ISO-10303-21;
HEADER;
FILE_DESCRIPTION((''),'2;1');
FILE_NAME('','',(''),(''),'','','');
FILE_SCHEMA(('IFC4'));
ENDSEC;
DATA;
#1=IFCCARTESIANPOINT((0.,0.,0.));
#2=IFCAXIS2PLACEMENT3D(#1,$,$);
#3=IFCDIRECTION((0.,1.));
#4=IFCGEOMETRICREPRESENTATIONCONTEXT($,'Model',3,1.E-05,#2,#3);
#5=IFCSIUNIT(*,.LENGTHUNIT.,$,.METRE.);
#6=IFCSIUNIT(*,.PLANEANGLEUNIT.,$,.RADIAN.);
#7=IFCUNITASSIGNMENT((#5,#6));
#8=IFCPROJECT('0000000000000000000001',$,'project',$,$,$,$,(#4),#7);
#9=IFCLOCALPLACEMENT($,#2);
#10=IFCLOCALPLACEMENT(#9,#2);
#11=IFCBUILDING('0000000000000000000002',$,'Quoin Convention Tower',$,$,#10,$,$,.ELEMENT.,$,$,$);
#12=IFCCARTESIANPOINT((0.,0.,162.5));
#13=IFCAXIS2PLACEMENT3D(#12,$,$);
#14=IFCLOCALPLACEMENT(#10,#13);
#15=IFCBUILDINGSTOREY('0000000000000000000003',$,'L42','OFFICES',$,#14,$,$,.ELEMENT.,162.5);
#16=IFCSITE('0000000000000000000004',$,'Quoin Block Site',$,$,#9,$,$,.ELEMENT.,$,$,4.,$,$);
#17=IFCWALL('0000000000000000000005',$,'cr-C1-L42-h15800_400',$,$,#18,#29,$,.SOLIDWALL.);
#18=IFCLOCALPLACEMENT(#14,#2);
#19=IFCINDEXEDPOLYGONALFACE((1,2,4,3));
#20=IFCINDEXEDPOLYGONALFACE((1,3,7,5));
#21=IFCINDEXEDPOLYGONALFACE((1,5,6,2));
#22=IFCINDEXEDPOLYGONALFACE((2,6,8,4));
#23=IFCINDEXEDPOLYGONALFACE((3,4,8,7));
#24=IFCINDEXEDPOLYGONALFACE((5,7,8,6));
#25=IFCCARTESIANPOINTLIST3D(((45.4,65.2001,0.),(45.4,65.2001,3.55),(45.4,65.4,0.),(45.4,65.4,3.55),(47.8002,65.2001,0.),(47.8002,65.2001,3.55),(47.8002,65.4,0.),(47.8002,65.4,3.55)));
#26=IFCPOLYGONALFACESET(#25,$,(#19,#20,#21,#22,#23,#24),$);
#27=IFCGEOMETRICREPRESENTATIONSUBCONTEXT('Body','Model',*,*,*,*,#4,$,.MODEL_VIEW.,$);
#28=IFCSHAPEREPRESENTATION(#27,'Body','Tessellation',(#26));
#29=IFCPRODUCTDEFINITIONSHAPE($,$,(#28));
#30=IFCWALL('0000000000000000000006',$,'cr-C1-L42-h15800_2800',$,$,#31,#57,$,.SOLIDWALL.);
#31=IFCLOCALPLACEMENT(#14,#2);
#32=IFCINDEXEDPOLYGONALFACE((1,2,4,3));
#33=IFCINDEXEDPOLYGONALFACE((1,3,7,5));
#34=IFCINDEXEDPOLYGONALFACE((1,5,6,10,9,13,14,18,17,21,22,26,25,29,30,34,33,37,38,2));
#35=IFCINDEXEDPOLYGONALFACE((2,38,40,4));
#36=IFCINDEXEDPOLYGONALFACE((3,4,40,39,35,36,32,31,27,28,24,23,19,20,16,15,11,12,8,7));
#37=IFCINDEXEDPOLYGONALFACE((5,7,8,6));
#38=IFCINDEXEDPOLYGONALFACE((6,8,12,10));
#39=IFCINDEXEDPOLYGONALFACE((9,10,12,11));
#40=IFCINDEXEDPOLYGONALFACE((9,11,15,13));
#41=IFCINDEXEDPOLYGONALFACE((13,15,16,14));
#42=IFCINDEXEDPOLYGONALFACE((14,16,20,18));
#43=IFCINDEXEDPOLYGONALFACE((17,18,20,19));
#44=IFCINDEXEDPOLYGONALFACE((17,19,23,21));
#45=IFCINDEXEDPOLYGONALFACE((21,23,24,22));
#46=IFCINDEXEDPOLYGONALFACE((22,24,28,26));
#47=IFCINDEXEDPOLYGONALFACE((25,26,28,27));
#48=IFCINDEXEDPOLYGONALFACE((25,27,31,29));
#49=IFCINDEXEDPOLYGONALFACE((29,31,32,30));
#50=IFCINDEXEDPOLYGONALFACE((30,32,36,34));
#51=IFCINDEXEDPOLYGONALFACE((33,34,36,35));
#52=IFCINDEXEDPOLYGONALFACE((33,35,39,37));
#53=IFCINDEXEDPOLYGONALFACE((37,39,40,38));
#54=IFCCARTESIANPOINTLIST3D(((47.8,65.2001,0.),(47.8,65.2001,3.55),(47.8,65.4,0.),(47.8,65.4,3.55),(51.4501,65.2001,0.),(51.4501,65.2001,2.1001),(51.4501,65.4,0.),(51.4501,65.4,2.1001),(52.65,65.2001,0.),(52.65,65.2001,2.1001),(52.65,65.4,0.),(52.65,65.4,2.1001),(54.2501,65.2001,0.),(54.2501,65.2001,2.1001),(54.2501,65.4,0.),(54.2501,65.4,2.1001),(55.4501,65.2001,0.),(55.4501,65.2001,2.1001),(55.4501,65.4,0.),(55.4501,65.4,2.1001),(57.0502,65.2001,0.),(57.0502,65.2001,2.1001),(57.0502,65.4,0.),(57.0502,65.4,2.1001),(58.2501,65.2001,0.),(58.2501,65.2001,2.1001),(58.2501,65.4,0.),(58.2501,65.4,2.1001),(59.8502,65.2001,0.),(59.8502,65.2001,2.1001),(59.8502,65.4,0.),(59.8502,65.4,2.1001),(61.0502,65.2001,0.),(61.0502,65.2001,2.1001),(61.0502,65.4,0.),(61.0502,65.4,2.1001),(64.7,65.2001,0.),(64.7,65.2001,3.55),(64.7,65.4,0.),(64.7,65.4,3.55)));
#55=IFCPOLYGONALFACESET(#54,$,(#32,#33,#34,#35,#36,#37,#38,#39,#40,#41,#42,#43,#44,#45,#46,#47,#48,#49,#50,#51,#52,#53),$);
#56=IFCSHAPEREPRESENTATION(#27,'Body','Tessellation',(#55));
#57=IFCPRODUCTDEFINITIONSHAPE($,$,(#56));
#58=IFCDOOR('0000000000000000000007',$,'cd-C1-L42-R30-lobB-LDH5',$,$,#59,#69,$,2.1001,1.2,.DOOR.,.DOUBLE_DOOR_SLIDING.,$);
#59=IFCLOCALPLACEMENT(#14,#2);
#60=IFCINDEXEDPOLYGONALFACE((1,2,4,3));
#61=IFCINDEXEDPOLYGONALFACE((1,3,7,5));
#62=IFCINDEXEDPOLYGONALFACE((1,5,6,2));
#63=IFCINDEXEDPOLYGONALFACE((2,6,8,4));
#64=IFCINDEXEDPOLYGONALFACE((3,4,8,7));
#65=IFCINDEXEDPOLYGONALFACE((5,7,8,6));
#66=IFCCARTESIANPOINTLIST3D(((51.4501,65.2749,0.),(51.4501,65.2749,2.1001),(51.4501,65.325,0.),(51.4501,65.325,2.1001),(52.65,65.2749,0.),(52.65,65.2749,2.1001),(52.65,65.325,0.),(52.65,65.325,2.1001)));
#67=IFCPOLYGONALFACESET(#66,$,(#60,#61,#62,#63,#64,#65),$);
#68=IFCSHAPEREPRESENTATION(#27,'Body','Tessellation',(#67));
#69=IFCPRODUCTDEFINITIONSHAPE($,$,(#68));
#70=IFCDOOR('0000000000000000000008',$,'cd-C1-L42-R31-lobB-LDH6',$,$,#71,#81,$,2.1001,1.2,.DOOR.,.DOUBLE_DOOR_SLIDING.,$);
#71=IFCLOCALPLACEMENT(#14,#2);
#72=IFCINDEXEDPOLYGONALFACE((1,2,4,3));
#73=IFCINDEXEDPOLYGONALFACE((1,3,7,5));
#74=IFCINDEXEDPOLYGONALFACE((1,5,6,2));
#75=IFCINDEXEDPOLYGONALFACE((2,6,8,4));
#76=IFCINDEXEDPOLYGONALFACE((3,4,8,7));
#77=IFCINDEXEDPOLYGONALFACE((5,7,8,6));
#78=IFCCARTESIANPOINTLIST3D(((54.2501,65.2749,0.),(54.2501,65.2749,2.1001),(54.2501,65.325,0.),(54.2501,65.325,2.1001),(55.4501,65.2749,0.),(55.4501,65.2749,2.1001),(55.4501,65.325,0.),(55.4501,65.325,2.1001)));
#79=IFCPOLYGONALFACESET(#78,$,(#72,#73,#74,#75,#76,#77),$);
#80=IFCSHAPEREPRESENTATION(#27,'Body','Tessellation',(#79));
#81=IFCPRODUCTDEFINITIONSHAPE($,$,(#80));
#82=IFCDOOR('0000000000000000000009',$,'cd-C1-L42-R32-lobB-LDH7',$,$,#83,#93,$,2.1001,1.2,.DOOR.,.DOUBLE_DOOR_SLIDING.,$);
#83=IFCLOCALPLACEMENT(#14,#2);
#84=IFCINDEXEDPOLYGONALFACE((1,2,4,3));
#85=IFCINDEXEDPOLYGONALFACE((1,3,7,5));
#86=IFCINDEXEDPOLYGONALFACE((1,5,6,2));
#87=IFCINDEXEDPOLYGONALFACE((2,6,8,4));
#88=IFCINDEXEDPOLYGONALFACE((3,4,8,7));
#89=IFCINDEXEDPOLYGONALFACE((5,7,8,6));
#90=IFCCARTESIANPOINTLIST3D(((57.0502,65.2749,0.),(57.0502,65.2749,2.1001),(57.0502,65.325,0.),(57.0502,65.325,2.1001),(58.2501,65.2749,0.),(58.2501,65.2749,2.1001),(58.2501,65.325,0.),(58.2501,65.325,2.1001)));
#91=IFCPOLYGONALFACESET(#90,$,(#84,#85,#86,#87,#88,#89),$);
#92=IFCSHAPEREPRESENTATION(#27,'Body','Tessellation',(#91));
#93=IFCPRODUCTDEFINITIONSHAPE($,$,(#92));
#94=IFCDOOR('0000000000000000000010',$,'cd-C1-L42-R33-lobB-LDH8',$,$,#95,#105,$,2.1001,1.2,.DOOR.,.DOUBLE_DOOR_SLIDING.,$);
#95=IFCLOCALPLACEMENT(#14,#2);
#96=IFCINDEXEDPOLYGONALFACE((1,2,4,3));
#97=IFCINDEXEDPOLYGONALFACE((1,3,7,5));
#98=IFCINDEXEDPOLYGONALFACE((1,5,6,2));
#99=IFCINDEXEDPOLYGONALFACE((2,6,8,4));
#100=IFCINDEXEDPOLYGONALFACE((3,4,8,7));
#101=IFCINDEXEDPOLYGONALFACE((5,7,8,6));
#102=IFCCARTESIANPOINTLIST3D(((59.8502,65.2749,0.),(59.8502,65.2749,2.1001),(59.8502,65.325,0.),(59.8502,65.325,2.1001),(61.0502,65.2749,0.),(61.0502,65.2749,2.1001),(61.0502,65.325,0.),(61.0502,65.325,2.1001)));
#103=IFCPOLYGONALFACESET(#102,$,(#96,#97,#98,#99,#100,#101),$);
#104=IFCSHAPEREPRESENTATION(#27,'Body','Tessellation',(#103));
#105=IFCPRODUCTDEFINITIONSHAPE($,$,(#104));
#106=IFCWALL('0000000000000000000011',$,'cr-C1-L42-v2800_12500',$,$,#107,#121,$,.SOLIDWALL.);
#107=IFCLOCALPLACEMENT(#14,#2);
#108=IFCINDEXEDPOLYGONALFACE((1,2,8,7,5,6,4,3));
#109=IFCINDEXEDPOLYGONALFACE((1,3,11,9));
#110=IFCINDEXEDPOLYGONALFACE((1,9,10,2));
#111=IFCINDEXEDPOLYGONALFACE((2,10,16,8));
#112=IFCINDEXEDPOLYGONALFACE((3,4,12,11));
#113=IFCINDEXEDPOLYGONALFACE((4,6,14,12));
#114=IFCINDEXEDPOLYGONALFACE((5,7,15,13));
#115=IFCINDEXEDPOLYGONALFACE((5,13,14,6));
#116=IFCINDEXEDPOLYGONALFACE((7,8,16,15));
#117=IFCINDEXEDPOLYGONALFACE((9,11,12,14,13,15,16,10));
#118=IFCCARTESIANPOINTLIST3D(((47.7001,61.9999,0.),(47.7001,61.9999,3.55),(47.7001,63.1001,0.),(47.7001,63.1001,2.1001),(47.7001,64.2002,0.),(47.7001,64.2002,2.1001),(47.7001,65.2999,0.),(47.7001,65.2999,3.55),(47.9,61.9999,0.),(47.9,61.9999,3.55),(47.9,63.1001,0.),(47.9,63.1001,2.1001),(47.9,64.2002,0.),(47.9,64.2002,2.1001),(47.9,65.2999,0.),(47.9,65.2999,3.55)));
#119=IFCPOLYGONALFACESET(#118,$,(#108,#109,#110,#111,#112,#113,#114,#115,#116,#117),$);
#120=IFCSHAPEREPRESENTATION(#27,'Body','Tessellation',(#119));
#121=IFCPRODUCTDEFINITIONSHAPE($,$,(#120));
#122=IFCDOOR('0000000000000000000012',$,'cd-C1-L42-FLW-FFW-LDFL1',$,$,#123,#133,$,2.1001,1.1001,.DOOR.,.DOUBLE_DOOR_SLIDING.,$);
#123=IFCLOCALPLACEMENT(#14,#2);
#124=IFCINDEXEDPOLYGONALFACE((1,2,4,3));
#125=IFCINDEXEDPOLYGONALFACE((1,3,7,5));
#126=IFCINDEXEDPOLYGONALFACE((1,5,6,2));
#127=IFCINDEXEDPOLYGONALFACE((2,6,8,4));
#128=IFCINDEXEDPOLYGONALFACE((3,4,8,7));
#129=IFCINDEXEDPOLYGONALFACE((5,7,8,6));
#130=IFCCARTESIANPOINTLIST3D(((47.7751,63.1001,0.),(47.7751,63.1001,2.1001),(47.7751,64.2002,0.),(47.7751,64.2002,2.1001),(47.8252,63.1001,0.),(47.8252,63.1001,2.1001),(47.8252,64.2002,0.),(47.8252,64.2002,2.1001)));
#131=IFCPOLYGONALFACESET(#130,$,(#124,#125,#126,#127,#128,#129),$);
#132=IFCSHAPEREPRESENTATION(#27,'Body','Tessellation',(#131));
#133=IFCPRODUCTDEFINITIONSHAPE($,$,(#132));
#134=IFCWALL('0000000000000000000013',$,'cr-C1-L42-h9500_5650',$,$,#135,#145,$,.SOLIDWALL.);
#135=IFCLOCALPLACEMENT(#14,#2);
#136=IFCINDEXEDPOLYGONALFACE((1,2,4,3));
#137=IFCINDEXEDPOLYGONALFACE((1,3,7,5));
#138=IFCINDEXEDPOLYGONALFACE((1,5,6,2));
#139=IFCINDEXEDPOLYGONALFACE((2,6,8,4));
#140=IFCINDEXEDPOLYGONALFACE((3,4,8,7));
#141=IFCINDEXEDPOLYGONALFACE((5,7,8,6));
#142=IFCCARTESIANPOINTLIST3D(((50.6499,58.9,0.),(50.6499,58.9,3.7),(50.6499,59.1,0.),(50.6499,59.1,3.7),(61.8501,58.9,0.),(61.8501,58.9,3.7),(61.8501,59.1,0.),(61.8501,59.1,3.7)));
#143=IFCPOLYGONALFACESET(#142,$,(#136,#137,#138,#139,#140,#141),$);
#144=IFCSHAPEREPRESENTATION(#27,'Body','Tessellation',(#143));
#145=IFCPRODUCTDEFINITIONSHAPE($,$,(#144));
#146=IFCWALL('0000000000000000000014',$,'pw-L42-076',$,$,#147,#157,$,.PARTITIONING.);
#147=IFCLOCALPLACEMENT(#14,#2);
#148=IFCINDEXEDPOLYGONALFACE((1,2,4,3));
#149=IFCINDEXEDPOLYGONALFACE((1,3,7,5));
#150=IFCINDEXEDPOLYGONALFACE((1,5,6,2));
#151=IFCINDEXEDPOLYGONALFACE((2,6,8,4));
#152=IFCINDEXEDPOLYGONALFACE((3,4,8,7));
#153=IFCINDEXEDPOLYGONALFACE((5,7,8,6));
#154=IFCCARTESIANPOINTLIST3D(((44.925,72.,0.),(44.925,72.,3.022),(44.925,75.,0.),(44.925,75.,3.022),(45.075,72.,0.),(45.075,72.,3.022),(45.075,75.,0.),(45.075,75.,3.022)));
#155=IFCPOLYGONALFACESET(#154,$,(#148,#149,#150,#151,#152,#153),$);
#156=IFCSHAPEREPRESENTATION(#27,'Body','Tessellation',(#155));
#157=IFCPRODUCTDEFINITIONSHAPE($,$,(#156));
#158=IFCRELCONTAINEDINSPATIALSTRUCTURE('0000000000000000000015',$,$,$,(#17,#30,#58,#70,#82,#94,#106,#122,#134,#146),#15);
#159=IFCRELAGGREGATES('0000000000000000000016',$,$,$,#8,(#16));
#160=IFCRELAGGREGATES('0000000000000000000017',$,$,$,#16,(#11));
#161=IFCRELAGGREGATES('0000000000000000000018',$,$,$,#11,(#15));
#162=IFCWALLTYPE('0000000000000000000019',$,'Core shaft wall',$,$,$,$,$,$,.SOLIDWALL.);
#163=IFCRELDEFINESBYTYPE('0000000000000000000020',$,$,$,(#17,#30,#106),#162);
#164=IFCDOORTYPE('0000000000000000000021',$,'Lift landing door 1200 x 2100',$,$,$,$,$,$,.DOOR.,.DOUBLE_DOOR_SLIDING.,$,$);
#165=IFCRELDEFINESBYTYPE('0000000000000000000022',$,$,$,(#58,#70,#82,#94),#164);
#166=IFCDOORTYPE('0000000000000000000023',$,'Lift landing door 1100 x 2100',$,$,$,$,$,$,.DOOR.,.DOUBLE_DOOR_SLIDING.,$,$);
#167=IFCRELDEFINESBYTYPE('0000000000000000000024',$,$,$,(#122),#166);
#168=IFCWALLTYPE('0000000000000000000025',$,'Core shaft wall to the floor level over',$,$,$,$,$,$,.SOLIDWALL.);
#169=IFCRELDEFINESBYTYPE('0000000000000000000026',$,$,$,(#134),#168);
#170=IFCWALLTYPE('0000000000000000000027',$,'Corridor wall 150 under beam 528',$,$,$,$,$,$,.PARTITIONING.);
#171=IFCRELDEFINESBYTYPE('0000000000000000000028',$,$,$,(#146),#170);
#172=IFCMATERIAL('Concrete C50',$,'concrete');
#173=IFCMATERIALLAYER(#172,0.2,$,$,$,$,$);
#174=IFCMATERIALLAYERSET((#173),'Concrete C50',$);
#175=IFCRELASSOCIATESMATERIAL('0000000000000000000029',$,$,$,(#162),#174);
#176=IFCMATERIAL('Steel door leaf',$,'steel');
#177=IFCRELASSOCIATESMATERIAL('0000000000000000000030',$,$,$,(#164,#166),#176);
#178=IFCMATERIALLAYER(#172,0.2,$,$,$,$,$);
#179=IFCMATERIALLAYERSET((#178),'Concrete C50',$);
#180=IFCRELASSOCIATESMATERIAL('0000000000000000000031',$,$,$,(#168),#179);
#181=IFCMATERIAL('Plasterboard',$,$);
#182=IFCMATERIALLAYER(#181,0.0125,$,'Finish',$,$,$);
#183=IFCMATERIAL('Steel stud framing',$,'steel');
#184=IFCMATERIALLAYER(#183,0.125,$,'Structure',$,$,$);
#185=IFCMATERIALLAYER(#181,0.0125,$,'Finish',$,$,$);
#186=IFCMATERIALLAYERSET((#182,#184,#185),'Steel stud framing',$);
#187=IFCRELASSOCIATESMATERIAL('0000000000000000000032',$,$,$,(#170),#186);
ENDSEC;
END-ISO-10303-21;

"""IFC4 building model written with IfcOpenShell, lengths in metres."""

from ifc_helpers import new_model, si_unit, direction, frame, frame_2d, origin, place, context, subcontext, project, spatial, rectangle, extrude, material, layer, layer_set, type_object, element, fill, save


model = new_model("IFC4")

# Units and contexts
model_context = context("Model", 3, precision=1e-05, world=origin(), true_north=direction((0.0, 1.0)))
body_context = subcontext(model_context, "Body", "Model", "MODEL_VIEW")
ifc_project = project(units=[si_unit("LENGTHUNIT", "METRE"), si_unit("PLANEANGLEUNIT", "RADIAN")], contexts=[model_context])

# Site, building, storey
site_placement = place(None, origin())
site = spatial("IfcSite", under=ifc_project, at=site_placement, Name="Quoin Block Site", CompositionType="ELEMENT", RefElevation=4.0)
building_placement = place(site_placement, origin())
building = spatial("IfcBuilding", under=site, at=building_placement, Name="Quoin Convention Tower", CompositionType="ELEMENT")
storey_placement = place(building_placement, frame((0.0, 0.0, 162.5)))
storey = spatial("IfcBuildingStorey", under=building, at=storey_placement, Name="L42", Description="OFFICES", CompositionType="ELEMENT", Elevation=162.5)

# Shared definitions
ifc_material_1 = material(Name="Plasterboard")
ifc_material_2 = material(Name="Steel stud framing", Category="steel")
ifc_material_3 = material(Name="Steel door leaf", Category="steel")

# Wall
ifc_material_4 = material(Name="Concrete C50", Category="concrete")
ifc_layer_1 = layer(ifc_material_4, 0.2)
ifc_layer_set_1 = layer_set([ifc_layer_1], Name="Concrete C50")
wall_type_1 = type_object("IfcWallType", Name="Core shaft wall", PredefinedType="SOLIDWALL", material=ifc_layer_set_1)
wall_1_placement = place(storey_placement, frame((45.3999, 65.3, 0.0), z_axis=(0.0, 0.0, 1.0), x_axis=(1.0, 0.0, 0.0)))
element("IfcWall", 1, at=wall_1_placement, inside=storey, type_object=wall_type_1, Name="cr-C1-L42-h15800_400", PredefinedType="SOLIDWALL", context=body_context, shape_type="SweptSolid", body=[
    extrude(rectangle(XDim=2.4001, YDim=0.2, at=frame_2d((1.2002, 0.0))), origin(), (0.0, 0.0, 1.0), 3.55),
])

# Wall, openings, doors
wall_2_placement = place(storey_placement, frame((47.8, 65.3, 0.0), z_axis=(0.0, 0.0, 1.0), x_axis=(1.0, 0.0, 0.0)))
wall_2 = element("IfcWall", 2, at=wall_2_placement, inside=storey, type_object=wall_type_1, Name="cr-C1-L42-h15800_2800", PredefinedType="SOLIDWALL", context=body_context, shape_type="SweptSolid", body=[
    extrude(rectangle(XDim=16.8999, YDim=0.2, at=frame_2d((8.45, 0.0))), origin(), (0.0, 0.0, 1.0), 3.55),
])
opening_1_placement = place(wall_2_placement, frame((3.6499, 0.0, 0.0)))
opening_1 = element("IfcOpeningElement", 3, at=opening_1_placement, cuts=wall_2, PredefinedType="OPENING", context=body_context, shape_type="SweptSolid", body=[
    extrude(rectangle(XDim=1.2, YDim=2.1001, at=frame_2d((0.6001, 1.05))), frame((0.0, 0.1099, 0.0), z_axis=(0.0, -1.0, 0.0), x_axis=(1.0, 0.0, 0.0)), (0.0, 0.0, 1.0), 0.22),
])
opening_2_placement = place(wall_2_placement, frame((6.45, 0.0, 0.0)))
opening_2 = element("IfcOpeningElement", 4, at=opening_2_placement, cuts=wall_2, PredefinedType="OPENING", context=body_context, shape_type="SweptSolid", body=[
    extrude(rectangle(XDim=1.2, YDim=2.1001, at=frame_2d((0.6001, 1.05))), frame((0.0, 0.1099, 0.0), z_axis=(0.0, -1.0, 0.0), x_axis=(1.0, 0.0, 0.0)), (0.0, 0.0, 1.0), 0.22),
])
opening_3_placement = place(wall_2_placement, frame((9.25, 0.0, 0.0)))
opening_3 = element("IfcOpeningElement", 5, at=opening_3_placement, cuts=wall_2, PredefinedType="OPENING", context=body_context, shape_type="SweptSolid", body=[
    extrude(rectangle(XDim=1.2, YDim=2.1001, at=frame_2d((0.6001, 1.05))), frame((0.0, 0.1099, 0.0), z_axis=(0.0, -1.0, 0.0), x_axis=(1.0, 0.0, 0.0)), (0.0, 0.0, 1.0), 0.22),
])
opening_4_placement = place(wall_2_placement, frame((12.05, 0.0, 0.0)))
opening_4 = element("IfcOpeningElement", 6, at=opening_4_placement, cuts=wall_2, PredefinedType="OPENING", context=body_context, shape_type="SweptSolid", body=[
    extrude(rectangle(XDim=1.2, YDim=2.1001, at=frame_2d((0.6001, 1.05))), frame((0.0, 0.1099, 0.0), z_axis=(0.0, -1.0, 0.0), x_axis=(1.0, 0.0, 0.0)), (0.0, 0.0, 1.0), 0.22),
])
door_type_1 = type_object("IfcDoorType", Name="Lift landing door 1200 x 2100", OperationType="DOUBLE_DOOR_SLIDING", PredefinedType="DOOR", material=ifc_material_3)
door_1_placement = place(opening_1_placement, origin())
door_1 = element("IfcDoor", 7, at=door_1_placement, inside=storey, type_object=door_type_1, Name="cd-C1-L42-R30-lobB-LDH5", OperationType="DOUBLE_DOOR_SLIDING", OverallHeight=2.1001, OverallWidth=1.2, PredefinedType="DOOR", context=body_context, shape_type="SweptSolid", body=[
    extrude(rectangle(XDim=1.2, YDim=2.1001, at=frame_2d((0.6001, 1.05))), frame((0.0, 0.0249, 0.0), z_axis=(0.0, -1.0, 0.0), x_axis=(1.0, 0.0, 0.0)), (0.0, 0.0, 1.0), 0.05),
])
fill(opening_1, door_1)
door_2_placement = place(opening_2_placement, origin())
door_2 = element("IfcDoor", 8, at=door_2_placement, inside=storey, type_object=door_type_1, Name="cd-C1-L42-R31-lobB-LDH6", OperationType="DOUBLE_DOOR_SLIDING", OverallHeight=2.1001, OverallWidth=1.2, PredefinedType="DOOR", context=body_context, shape_type="SweptSolid", body=[
    extrude(rectangle(XDim=1.2, YDim=2.1001, at=frame_2d((0.6001, 1.05))), frame((0.0, 0.0249, 0.0), z_axis=(0.0, -1.0, 0.0), x_axis=(1.0, 0.0, 0.0)), (0.0, 0.0, 1.0), 0.05),
])
fill(opening_2, door_2)
door_3_placement = place(opening_3_placement, origin())
door_3 = element("IfcDoor", 9, at=door_3_placement, inside=storey, type_object=door_type_1, Name="cd-C1-L42-R32-lobB-LDH7", OperationType="DOUBLE_DOOR_SLIDING", OverallHeight=2.1001, OverallWidth=1.2, PredefinedType="DOOR", context=body_context, shape_type="SweptSolid", body=[
    extrude(rectangle(XDim=1.2, YDim=2.1001, at=frame_2d((0.6001, 1.05))), frame((0.0, 0.0249, 0.0), z_axis=(0.0, -1.0, 0.0), x_axis=(1.0, 0.0, 0.0)), (0.0, 0.0, 1.0), 0.05),
])
fill(opening_3, door_3)
door_4_placement = place(opening_4_placement, origin())
door_4 = element("IfcDoor", 10, at=door_4_placement, inside=storey, type_object=door_type_1, Name="cd-C1-L42-R33-lobB-LDH8", OperationType="DOUBLE_DOOR_SLIDING", OverallHeight=2.1001, OverallWidth=1.2, PredefinedType="DOOR", context=body_context, shape_type="SweptSolid", body=[
    extrude(rectangle(XDim=1.2, YDim=2.1001, at=frame_2d((0.6001, 1.05))), frame((0.0, 0.0249, 0.0), z_axis=(0.0, -1.0, 0.0), x_axis=(1.0, 0.0, 0.0)), (0.0, 0.0, 1.0), 0.05),
])
fill(opening_4, door_4)

# Wall, opening, door
wall_3_placement = place(storey_placement, frame((47.8, 62.0, 0.0), z_axis=(0.0, 0.0, 1.0), x_axis=(0.0, 1.0, 0.0)))
wall_3 = element("IfcWall", 11, at=wall_3_placement, inside=storey, type_object=wall_type_1, Name="cr-C1-L42-v2800_12500", PredefinedType="SOLIDWALL", context=body_context, shape_type="SweptSolid", body=[
    extrude(rectangle(XDim=3.3, YDim=0.2, at=frame_2d((1.6499, 0.0))), origin(), (0.0, 0.0, 1.0), 3.55),
])
opening_5_placement = place(wall_3_placement, frame((1.1001, 0.0, 0.0)))
opening_5 = element("IfcOpeningElement", 12, at=opening_5_placement, cuts=wall_3, PredefinedType="OPENING", context=body_context, shape_type="SweptSolid", body=[
    extrude(rectangle(XDim=1.1001, YDim=2.1001, at=frame_2d((0.55, 1.05))), frame((0.0, 0.1099, 0.0), z_axis=(0.0, -1.0, 0.0), x_axis=(1.0, 0.0, 0.0)), (0.0, 0.0, 1.0), 0.22),
])
door_type_2 = type_object("IfcDoorType", Name="Lift landing door 1100 x 2100", OperationType="DOUBLE_DOOR_SLIDING", PredefinedType="DOOR", material=ifc_material_3)
door_5_placement = place(opening_5_placement, origin())
door_5 = element("IfcDoor", 13, at=door_5_placement, inside=storey, type_object=door_type_2, Name="cd-C1-L42-FLW-FFW-LDFL1", OperationType="DOUBLE_DOOR_SLIDING", OverallHeight=2.1001, OverallWidth=1.1001, PredefinedType="DOOR", context=body_context, shape_type="SweptSolid", body=[
    extrude(rectangle(XDim=1.1001, YDim=2.1001, at=frame_2d((0.55, 1.05))), frame((0.0, 0.0249, 0.0), z_axis=(0.0, -1.0, 0.0), x_axis=(1.0, 0.0, 0.0)), (0.0, 0.0, 1.0), 0.05),
])
fill(opening_5, door_5)

# Walls
ifc_layer_2 = layer(ifc_material_4, 0.2)
ifc_layer_set_2 = layer_set([ifc_layer_2], Name="Concrete C50")
wall_type_2 = type_object("IfcWallType", Name="Core shaft wall to the floor level over", PredefinedType="SOLIDWALL", material=ifc_layer_set_2)
wall_4_placement = place(storey_placement, frame((50.6499, 59.0, 0.0), z_axis=(0.0, 0.0, 1.0), x_axis=(1.0, 0.0, 0.0)))
element("IfcWall", 14, at=wall_4_placement, inside=storey, type_object=wall_type_2, Name="cr-C1-L42-h9500_5650", PredefinedType="SOLIDWALL", context=body_context, shape_type="SweptSolid", body=[
    extrude(rectangle(XDim=11.2002, YDim=0.2, at=frame_2d((5.6001, 0.0))), origin(), (0.0, 0.0, 1.0), 3.7),
])
ifc_layer_3 = layer(ifc_material_1, 0.0125, Name="Finish")
ifc_layer_4 = layer(ifc_material_2, 0.125, Name="Structure")
ifc_layer_5 = layer(ifc_material_1, 0.0125, Name="Finish")
ifc_layer_set_3 = layer_set([ifc_layer_3, ifc_layer_4, ifc_layer_5], Name="Steel stud framing")
wall_type_3 = type_object("IfcWallType", Name="Corridor wall 150 under beam 528", PredefinedType="PARTITIONING", material=ifc_layer_set_3)
wall_5_placement = place(storey_placement, frame((45.0, 72.0, 0.0), z_axis=(0.0, 0.0, 1.0), x_axis=(0.0, 1.0, 0.0)))
element("IfcWall", 15, at=wall_5_placement, inside=storey, type_object=wall_type_3, Name="pw-L42-076", PredefinedType="PARTITIONING", context=body_context, shape_type="SweptSolid", body=[
    extrude(rectangle(XDim=3.0, YDim=0.1499, at=frame_2d((1.5, 0.0))), origin(), (0.0, 0.0, 1.0), 3.022),
])

save(model, "model.ifc")
